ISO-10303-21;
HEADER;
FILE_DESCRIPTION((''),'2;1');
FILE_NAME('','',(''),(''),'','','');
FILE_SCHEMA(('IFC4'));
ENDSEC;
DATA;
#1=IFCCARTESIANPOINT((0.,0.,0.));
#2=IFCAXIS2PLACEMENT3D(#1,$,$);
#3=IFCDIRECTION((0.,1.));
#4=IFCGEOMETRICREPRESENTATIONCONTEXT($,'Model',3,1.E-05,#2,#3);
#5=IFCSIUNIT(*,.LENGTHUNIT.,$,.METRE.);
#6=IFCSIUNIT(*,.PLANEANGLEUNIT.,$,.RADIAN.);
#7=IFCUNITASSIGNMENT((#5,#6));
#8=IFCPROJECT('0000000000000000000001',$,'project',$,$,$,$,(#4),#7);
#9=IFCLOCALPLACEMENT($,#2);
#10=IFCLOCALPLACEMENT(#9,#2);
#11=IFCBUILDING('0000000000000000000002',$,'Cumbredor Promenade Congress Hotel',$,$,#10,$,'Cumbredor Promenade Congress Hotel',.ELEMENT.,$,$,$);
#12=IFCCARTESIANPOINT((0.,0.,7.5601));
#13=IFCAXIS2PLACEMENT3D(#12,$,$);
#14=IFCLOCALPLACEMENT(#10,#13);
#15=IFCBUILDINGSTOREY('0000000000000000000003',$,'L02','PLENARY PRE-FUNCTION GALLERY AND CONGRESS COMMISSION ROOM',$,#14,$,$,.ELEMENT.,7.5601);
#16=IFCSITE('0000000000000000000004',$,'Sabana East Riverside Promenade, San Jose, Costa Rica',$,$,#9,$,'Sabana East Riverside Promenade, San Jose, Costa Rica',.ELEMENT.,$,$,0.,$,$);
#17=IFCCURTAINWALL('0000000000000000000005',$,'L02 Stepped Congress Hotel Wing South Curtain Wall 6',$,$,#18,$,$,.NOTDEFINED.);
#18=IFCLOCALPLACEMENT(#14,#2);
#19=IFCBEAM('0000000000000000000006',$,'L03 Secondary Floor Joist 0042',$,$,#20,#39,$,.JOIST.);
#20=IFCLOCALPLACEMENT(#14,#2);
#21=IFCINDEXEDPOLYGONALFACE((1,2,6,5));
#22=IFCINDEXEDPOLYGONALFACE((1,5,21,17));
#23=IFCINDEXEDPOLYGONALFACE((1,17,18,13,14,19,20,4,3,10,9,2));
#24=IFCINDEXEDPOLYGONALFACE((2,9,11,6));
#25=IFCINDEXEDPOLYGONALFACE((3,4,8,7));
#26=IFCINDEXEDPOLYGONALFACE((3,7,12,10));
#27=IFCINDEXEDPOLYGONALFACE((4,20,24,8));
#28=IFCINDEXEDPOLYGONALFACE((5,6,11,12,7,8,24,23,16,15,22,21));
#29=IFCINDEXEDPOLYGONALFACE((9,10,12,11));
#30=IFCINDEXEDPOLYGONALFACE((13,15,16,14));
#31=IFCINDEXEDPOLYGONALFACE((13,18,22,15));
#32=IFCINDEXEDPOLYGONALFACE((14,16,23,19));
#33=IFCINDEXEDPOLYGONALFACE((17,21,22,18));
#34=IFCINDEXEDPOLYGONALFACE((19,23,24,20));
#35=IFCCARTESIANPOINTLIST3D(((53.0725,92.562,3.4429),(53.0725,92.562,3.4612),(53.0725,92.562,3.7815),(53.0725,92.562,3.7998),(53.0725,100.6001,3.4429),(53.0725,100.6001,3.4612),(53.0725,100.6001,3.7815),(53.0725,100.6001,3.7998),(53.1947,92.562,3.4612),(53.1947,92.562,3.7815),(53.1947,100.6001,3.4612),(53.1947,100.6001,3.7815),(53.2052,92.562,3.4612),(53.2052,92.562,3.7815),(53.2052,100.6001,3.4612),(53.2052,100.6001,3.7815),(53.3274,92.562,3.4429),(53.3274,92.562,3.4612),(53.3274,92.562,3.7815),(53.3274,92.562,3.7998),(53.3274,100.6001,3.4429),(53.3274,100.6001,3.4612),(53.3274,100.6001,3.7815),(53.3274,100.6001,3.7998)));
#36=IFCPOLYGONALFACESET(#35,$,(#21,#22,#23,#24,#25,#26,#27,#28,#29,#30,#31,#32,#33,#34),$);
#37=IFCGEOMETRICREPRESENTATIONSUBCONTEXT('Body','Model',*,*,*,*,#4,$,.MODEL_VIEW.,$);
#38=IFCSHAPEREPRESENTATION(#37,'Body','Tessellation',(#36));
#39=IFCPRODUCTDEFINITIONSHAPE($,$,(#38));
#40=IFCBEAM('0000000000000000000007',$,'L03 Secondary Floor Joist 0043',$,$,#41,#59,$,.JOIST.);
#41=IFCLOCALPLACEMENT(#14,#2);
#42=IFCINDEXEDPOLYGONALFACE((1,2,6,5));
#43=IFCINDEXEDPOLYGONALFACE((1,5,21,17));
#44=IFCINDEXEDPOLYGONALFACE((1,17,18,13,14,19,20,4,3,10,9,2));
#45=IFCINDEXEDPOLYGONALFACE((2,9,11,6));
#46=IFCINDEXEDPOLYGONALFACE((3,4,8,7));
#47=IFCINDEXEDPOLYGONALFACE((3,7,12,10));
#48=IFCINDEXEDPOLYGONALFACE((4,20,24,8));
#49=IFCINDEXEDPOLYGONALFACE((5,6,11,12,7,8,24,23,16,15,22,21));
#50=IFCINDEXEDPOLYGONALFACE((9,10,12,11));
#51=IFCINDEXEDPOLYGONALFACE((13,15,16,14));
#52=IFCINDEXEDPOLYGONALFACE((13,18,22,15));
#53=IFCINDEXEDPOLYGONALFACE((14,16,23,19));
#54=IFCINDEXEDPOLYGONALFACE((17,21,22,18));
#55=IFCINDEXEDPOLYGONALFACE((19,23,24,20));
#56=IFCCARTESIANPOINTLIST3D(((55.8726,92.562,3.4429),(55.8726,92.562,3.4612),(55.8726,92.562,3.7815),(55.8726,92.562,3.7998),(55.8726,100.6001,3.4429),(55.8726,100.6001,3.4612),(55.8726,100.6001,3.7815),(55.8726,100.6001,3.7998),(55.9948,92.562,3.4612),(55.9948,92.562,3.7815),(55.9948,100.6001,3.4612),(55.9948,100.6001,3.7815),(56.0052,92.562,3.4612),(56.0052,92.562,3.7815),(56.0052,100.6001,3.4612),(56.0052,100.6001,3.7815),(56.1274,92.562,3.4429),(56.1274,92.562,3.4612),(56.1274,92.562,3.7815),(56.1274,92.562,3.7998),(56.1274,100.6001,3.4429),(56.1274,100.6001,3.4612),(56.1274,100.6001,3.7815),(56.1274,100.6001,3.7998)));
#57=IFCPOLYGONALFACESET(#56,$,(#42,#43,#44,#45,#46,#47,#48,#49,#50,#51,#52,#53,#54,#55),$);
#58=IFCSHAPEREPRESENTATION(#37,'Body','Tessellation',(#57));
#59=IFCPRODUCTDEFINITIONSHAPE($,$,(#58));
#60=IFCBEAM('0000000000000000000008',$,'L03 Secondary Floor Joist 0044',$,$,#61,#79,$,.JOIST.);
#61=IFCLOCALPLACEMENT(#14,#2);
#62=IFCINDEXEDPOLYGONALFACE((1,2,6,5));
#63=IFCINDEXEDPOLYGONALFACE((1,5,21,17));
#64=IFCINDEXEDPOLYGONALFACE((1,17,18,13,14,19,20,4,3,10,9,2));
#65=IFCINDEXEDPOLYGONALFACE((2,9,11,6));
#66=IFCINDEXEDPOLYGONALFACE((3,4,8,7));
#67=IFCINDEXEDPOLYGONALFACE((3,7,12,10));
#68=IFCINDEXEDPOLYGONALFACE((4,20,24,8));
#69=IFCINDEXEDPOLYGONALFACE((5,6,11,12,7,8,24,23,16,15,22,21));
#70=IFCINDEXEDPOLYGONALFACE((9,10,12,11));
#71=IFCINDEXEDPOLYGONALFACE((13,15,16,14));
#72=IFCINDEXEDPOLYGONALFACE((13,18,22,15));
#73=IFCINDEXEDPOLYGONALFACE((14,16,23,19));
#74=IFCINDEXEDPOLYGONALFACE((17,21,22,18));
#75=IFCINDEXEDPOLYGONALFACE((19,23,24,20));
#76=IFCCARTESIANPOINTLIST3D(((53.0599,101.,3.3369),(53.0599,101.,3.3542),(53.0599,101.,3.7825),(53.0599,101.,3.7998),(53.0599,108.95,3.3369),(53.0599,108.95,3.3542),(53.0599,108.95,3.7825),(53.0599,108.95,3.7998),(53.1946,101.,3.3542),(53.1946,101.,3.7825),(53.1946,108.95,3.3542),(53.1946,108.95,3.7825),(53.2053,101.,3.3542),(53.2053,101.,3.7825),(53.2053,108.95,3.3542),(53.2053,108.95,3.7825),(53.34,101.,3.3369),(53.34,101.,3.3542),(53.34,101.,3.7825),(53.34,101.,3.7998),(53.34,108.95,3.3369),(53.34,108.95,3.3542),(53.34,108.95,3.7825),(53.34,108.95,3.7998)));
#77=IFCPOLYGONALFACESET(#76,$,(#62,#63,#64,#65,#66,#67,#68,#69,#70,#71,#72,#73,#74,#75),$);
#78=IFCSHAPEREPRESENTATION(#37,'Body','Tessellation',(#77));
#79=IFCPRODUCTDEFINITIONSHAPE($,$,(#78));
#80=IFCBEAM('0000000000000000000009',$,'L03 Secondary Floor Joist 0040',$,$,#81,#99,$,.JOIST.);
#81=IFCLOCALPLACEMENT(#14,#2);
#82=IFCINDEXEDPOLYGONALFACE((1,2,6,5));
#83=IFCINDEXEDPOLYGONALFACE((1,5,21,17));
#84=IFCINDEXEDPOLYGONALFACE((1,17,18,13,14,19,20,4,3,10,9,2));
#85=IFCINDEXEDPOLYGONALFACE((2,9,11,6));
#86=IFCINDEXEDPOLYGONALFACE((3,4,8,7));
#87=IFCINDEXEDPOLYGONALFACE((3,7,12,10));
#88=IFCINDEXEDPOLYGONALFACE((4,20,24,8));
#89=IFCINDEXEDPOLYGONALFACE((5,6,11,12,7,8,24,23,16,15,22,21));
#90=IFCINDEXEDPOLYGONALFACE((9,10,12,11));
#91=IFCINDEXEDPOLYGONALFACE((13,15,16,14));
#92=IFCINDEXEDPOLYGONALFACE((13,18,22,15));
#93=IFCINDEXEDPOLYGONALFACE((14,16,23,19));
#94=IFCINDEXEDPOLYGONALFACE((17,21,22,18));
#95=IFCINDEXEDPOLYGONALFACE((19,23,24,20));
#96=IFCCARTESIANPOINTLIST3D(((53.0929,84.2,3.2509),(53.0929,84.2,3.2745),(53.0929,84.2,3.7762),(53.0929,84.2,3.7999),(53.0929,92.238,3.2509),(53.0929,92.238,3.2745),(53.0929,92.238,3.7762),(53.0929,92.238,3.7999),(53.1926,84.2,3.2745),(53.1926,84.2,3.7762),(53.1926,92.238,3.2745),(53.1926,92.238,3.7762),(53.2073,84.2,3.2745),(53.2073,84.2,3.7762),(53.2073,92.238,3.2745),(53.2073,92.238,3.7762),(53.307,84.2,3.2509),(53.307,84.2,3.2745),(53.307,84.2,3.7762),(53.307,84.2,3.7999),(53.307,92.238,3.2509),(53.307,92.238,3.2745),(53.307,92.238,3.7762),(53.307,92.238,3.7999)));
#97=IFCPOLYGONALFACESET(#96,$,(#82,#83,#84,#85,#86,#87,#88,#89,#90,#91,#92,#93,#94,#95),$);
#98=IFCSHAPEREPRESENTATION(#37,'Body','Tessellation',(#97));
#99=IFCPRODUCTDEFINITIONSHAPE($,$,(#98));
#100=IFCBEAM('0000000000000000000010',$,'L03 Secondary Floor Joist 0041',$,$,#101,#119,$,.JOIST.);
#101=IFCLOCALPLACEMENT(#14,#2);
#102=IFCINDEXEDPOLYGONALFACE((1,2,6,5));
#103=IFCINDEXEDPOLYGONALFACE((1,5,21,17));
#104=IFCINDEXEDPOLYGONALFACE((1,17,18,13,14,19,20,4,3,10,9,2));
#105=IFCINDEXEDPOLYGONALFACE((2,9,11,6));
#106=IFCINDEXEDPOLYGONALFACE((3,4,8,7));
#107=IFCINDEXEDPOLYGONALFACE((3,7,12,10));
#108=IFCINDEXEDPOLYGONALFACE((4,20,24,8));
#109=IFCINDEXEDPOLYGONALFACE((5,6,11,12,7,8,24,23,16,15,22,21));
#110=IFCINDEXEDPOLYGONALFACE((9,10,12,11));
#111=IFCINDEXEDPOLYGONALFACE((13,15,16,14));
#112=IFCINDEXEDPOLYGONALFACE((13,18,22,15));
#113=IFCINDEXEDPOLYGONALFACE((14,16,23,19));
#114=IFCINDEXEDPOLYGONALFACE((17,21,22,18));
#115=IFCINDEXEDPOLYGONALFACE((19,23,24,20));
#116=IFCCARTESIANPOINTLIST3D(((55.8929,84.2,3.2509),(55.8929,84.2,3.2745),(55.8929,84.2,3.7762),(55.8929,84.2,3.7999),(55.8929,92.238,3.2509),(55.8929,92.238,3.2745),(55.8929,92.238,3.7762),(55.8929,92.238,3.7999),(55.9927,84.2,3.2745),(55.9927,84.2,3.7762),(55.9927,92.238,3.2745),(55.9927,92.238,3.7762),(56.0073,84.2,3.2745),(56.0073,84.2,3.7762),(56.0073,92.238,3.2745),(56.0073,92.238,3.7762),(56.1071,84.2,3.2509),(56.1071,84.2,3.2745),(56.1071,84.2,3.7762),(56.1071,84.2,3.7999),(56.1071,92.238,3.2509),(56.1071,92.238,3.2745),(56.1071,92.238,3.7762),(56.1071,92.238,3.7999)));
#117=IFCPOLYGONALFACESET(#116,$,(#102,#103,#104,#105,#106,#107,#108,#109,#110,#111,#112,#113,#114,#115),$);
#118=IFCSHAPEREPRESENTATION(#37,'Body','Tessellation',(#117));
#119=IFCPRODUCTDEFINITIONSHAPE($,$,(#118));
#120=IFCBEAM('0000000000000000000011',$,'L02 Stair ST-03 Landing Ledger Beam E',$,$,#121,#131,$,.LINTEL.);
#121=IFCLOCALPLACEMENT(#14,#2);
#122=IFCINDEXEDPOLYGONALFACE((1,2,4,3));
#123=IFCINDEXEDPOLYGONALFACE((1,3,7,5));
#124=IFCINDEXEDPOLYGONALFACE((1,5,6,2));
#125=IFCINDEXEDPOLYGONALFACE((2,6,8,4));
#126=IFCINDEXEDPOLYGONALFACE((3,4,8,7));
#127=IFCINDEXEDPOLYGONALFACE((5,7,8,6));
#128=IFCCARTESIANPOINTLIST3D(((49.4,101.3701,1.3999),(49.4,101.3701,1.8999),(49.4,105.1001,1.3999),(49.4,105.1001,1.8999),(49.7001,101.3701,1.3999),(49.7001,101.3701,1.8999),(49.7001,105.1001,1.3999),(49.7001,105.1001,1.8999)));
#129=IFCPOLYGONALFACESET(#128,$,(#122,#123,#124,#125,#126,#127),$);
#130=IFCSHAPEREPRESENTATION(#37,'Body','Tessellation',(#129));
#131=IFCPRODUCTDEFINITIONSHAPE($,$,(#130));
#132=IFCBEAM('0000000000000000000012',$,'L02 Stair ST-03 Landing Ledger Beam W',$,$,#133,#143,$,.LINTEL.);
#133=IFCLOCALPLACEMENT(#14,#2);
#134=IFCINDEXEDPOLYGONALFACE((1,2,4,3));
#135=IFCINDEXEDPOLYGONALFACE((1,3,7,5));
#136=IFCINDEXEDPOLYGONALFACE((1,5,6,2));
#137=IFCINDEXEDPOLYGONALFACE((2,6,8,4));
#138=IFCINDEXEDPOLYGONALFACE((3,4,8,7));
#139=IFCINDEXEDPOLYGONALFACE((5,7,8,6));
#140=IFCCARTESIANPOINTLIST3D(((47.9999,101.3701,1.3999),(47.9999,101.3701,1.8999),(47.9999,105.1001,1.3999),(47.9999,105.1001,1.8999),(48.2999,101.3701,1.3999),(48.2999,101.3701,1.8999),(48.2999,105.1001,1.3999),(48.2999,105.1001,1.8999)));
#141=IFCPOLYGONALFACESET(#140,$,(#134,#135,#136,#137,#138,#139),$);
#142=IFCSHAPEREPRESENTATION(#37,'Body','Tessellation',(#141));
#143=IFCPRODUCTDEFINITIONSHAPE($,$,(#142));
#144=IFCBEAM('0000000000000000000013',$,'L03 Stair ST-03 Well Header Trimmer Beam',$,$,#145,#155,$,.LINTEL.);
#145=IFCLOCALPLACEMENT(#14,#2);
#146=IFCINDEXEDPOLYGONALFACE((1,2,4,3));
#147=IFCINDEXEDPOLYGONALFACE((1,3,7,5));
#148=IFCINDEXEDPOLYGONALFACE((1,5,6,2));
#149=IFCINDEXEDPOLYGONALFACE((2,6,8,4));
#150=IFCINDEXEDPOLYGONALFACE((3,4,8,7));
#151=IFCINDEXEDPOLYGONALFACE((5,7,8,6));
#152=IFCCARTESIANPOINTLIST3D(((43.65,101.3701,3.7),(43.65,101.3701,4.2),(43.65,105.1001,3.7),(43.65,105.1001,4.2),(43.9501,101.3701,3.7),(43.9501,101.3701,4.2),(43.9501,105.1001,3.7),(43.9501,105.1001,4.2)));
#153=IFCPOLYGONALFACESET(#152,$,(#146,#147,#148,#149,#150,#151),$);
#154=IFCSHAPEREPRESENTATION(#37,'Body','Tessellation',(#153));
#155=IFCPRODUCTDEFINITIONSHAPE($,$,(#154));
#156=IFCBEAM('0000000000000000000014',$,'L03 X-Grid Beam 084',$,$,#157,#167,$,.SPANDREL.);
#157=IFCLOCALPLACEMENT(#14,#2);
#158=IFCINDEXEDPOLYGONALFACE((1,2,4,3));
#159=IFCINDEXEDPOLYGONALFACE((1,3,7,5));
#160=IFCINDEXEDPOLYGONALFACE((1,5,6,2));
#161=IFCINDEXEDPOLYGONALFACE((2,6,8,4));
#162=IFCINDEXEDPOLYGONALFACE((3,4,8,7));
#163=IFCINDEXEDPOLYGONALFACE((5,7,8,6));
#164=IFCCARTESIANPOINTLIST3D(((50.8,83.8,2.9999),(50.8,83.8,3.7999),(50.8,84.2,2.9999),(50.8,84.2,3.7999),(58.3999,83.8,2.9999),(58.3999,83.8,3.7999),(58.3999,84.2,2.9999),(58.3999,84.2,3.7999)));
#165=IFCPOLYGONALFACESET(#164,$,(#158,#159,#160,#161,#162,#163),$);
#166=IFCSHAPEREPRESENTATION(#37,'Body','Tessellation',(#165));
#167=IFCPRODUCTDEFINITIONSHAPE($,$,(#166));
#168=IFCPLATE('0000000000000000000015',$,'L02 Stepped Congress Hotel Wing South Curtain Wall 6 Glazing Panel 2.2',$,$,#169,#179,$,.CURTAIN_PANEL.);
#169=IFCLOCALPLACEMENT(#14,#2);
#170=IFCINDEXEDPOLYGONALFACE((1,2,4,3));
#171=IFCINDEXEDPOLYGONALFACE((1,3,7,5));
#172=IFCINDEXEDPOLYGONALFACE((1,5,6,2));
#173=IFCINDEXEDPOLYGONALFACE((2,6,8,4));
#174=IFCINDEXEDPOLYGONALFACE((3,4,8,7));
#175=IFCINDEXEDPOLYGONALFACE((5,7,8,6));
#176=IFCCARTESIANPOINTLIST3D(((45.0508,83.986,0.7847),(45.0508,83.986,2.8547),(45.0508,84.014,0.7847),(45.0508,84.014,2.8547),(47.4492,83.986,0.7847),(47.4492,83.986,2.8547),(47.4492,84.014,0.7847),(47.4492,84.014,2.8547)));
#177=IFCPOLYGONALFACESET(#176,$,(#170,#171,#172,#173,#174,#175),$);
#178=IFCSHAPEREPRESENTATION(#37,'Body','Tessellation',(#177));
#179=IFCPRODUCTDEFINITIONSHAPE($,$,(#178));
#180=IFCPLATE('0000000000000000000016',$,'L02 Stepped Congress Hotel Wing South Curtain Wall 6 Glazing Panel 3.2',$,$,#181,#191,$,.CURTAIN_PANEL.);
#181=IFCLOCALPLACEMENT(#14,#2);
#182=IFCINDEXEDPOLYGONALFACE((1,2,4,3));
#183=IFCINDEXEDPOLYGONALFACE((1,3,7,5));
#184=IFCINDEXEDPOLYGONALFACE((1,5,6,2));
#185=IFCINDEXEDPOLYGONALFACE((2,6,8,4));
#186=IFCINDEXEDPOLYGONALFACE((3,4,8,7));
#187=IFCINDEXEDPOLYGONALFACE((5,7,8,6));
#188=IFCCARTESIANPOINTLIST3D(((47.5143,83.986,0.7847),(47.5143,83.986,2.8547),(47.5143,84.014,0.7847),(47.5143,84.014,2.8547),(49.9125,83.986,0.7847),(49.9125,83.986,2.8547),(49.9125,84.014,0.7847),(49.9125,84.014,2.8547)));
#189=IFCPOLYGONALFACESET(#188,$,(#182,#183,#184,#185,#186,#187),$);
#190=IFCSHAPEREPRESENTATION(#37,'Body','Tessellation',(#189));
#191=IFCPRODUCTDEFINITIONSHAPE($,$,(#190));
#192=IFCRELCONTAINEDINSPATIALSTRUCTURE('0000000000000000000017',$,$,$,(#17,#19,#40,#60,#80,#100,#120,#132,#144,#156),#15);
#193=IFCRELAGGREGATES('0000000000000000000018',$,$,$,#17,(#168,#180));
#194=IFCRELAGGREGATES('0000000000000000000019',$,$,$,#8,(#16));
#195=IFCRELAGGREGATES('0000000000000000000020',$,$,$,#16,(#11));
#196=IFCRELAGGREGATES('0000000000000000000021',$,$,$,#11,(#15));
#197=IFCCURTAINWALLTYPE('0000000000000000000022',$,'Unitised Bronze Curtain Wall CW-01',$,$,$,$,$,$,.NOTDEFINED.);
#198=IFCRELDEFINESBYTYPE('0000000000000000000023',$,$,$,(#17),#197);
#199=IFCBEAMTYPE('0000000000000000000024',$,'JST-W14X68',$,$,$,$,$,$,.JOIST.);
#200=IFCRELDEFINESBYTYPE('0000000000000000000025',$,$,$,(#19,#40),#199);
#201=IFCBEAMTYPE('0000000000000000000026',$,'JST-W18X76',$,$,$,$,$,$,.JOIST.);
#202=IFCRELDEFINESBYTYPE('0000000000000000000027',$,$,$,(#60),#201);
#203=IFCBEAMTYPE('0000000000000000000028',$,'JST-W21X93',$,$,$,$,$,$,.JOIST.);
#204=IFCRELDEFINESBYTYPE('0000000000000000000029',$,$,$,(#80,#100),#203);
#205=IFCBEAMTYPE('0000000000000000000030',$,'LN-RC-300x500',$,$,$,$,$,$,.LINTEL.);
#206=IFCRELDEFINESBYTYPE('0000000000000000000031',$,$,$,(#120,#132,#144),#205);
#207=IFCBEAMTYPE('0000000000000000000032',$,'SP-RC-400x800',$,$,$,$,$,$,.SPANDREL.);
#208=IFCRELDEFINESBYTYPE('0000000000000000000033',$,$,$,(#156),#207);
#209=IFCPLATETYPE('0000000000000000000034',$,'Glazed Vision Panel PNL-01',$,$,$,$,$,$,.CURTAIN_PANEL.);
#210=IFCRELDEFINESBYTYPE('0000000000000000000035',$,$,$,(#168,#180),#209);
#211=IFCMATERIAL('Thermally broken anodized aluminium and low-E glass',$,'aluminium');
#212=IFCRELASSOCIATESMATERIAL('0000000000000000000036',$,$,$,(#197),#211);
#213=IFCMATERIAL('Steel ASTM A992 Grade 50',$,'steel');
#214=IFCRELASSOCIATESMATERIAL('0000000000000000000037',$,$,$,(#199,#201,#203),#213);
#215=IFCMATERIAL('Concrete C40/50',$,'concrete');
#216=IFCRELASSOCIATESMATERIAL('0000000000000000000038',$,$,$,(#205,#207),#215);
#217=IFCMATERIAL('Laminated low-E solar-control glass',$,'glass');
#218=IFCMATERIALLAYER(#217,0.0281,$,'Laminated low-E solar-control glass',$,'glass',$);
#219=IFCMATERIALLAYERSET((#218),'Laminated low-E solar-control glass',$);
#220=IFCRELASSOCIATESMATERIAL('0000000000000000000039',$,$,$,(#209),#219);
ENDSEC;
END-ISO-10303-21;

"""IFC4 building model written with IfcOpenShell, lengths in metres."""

from ifc_helpers import new_model, si_unit, direction, frame, origin, origin_2d, place, context, subcontext, project, spatial, rectangle, i_section, extrude, material, layer, layer_set, material_profile, profile_set, type_object, element, aggregate, save


model = new_model("IFC4")

# Units and contexts
model_context = context("Model", 3, precision=1e-05, world=origin(), true_north=direction((0.0, 1.0)))
body_context = subcontext(model_context, "Body", "Model", "MODEL_VIEW")
ifc_project = project(units=[si_unit("LENGTHUNIT", "METRE"), si_unit("PLANEANGLEUNIT", "RADIAN")], contexts=[model_context])

# Site, building, storey
site_placement = place(None, origin())
site = spatial("IfcSite", under=ifc_project, at=site_placement, Name="Sabana East Riverside Promenade, San Jose, Costa Rica", LongName="Sabana East Riverside Promenade, San Jose, Costa Rica", CompositionType="ELEMENT", RefElevation=0.0)
building_placement = place(site_placement, origin())
building = spatial("IfcBuilding", under=site, at=building_placement, Name="Cumbredor Promenade Congress Hotel", LongName="Cumbredor Promenade Congress Hotel", CompositionType="ELEMENT")
storey_placement = place(building_placement, frame((0.0, 0.0, 7.5601)))
storey = spatial("IfcBuildingStorey", under=building, at=storey_placement, Name="L02", Description="PLENARY PRE-FUNCTION GALLERY AND CONGRESS COMMISSION ROOM", CompositionType="ELEMENT", Elevation=7.5601)

# Shared definitions
ifc_material_1 = material(Name="Concrete C40/50", Category="concrete")
ifc_material_2 = material(Name="Steel ASTM A992 Grade 50", Category="steel")

# Curtain wall
ifc_material_3 = material(Name="Thermally broken anodized aluminium and low-E glass", Category="aluminium")
curtain_wall_type = type_object("IfcCurtainWallType", Name="Unitised Bronze Curtain Wall CW-01", PredefinedType="NOTDEFINED", material=ifc_material_3)
curtain_wall_placement = place(storey_placement, origin())
curtain_wall = element("IfcCurtainWall", 1, at=curtain_wall_placement, inside=storey, type_object=curtain_wall_type, Name="L02 Stepped Congress Hotel Wing South Curtain Wall 6", PredefinedType="NOTDEFINED")

# Beams
ifc_material_profile_1 = material_profile(ifc_material_2, i_section(OverallWidth=0.2549, OverallDepth=0.3569, WebThickness=0.0105, FlangeThickness=0.0183, at=origin_2d()), Name="W14X68")
ifc_profile_set_1 = profile_set([ifc_material_profile_1], Name="Steel ASTM A992 Grade 50")
beam_type_1 = type_object("IfcBeamType", Name="JST-W14X68", PredefinedType="JOIST", material=ifc_profile_set_1)
for number, where, z_axis, x_axis, name in (
    (2, (53.2, 92.562, 3.6213), (0.0, 1.0, 0.0), (-1.0, 0.0, 0.0), "L03 Secondary Floor Joist 0042"),
    (3, (56.0, 92.562, 3.6213), (0.0, 1.0, 0.0), (-1.0, 0.0, 0.0), "L03 Secondary Floor Joist 0043"),
):
    element("IfcBeam", number, at=place(storey_placement, frame(where, z_axis=z_axis, x_axis=x_axis)), inside=storey, type_object=beam_type_1, Name=name, PredefinedType="JOIST", context=body_context, shape_type="SweptSolid", body=[
        extrude(i_section(OverallWidth=0.2549, OverallDepth=0.3569, WebThickness=0.0105, FlangeThickness=0.0183, at=origin_2d()), origin(), (0.0, 0.0, 1.0), 8.0381),
    ])
ifc_material_profile_2 = material_profile(ifc_material_2, i_section(OverallWidth=0.28, OverallDepth=0.4629, WebThickness=0.0107, FlangeThickness=0.0173, at=origin_2d()), Name="W18X76")
ifc_profile_set_2 = profile_set([ifc_material_profile_2], Name="Steel ASTM A992 Grade 50")
beam_type_2 = type_object("IfcBeamType", Name="JST-W18X76", PredefinedType="JOIST", material=ifc_profile_set_2)
beam_1_placement = place(storey_placement, frame((53.2, 101.0, 3.5684), z_axis=(0.0, 1.0, 0.0), x_axis=(-1.0, 0.0, 0.0)))
element("IfcBeam", 4, at=beam_1_placement, inside=storey, type_object=beam_type_2, Name="L03 Secondary Floor Joist 0044", PredefinedType="JOIST", context=body_context, shape_type="SweptSolid", body=[
    extrude(i_section(OverallWidth=0.28, OverallDepth=0.4629, WebThickness=0.0107, FlangeThickness=0.0173, at=origin_2d()), origin(), (0.0, 0.0, 1.0), 7.95),
])
ifc_material_profile_3 = material_profile(ifc_material_2, i_section(OverallWidth=0.2141, OverallDepth=0.5491, WebThickness=0.0146, FlangeThickness=0.0237, at=origin_2d()), Name="W21X93")
ifc_profile_set_3 = profile_set([ifc_material_profile_3], Name="Steel ASTM A992 Grade 50")
beam_type_3 = type_object("IfcBeamType", Name="JST-W21X93", PredefinedType="JOIST", material=ifc_profile_set_3)
for number, where, z_axis, x_axis, name in (
    (5, (53.2, 84.2, 3.5254), (0.0, 1.0, 0.0), (-1.0, 0.0, 0.0), "L03 Secondary Floor Joist 0040"),
    (6, (56.0, 84.2, 3.5254), (0.0, 1.0, 0.0), (-1.0, 0.0, 0.0), "L03 Secondary Floor Joist 0041"),
):
    element("IfcBeam", number, at=place(storey_placement, frame(where, z_axis=z_axis, x_axis=x_axis)), inside=storey, type_object=beam_type_3, Name=name, PredefinedType="JOIST", context=body_context, shape_type="SweptSolid", body=[
        extrude(i_section(OverallWidth=0.2141, OverallDepth=0.5491, WebThickness=0.0146, FlangeThickness=0.0237, at=origin_2d()), origin(), (0.0, 0.0, 1.0), 8.0381),
    ])
ifc_material_profile_4 = material_profile(ifc_material_1, rectangle(XDim=0.3, YDim=0.5, at=origin_2d()), Name="RC LINTEL 300x500")
ifc_profile_set_4 = profile_set([ifc_material_profile_4], Name="Concrete C40/50")
beam_type_4 = type_object("IfcBeamType", Name="LN-RC-300x500", PredefinedType="LINTEL", material=ifc_profile_set_4)
for number, where, z_axis, x_axis, name in (
    (7, (49.55, 101.3701, 1.6499), (0.0, 1.0, 0.0), (-1.0, 0.0, 0.0), "L02 Stair ST-03 Landing Ledger Beam E"),
    (8, (48.1499, 101.3701, 1.6499), (0.0, 1.0, 0.0), (-1.0, 0.0, 0.0), "L02 Stair ST-03 Landing Ledger Beam W"),
    (9, (43.8, 101.3701, 3.95), (0.0, 1.0, 0.0), (-1.0, 0.0, 0.0), "L03 Stair ST-03 Well Header Trimmer Beam"),
):
    element("IfcBeam", number, at=place(storey_placement, frame(where, z_axis=z_axis, x_axis=x_axis)), inside=storey, type_object=beam_type_4, Name=name, PredefinedType="LINTEL", context=body_context, shape_type="SweptSolid", body=[
        extrude(rectangle(XDim=0.3, YDim=0.5, at=origin_2d()), origin(), (0.0, 0.0, 1.0), 3.73),
    ])
ifc_material_profile_5 = material_profile(ifc_material_1, rectangle(XDim=0.3999, YDim=0.8, at=origin_2d()), Name="RC SPANDREL 400x800")
ifc_profile_set_5 = profile_set([ifc_material_profile_5], Name="Concrete C40/50")
beam_type_5 = type_object("IfcBeamType", Name="SP-RC-400x800", PredefinedType="SPANDREL", material=ifc_profile_set_5)
beam_2_placement = place(storey_placement, frame((50.8, 84.0, 3.3999), z_axis=(1.0, 0.0, 0.0), x_axis=(0.0, 1.0, 0.0)))
element("IfcBeam", 10, at=beam_2_placement, inside=storey, type_object=beam_type_5, Name="L03 X-Grid Beam 084", PredefinedType="SPANDREL", context=body_context, shape_type="SweptSolid", body=[
    extrude(rectangle(XDim=0.3999, YDim=0.8, at=origin_2d()), origin(), (0.0, 0.0, 1.0), 7.5999),
])

# Plates
ifc_material_4 = material(Name="Laminated low-E solar-control glass", Category="glass")
ifc_layer_1 = layer(ifc_material_4, 0.0281, Name="Laminated low-E solar-control glass", Category="glass")
ifc_layer_set_1 = layer_set([ifc_layer_1], Name="Laminated low-E solar-control glass")
plate_type_1 = type_object("IfcPlateType", Name="Glazed Vision Panel PNL-01", PredefinedType="CURTAIN_PANEL", material=ifc_layer_set_1)
plate_1_placement = place(storey_placement, frame((46.25, 84.0, 0.7847), z_axis=(0.0, 0.0, 1.0), x_axis=(1.0, 0.0, 0.0)))
plate_1 = element("IfcPlate", 11, at=plate_1_placement, type_object=plate_type_1, Name="L02 Stepped Congress Hotel Wing South Curtain Wall 6 Glazing Panel 2.2", PredefinedType="CURTAIN_PANEL", context=body_context, shape_type="SweptSolid", body=[
    extrude(rectangle(XDim=2.3984, YDim=0.0281, at=origin_2d()), origin(), (0.0, 0.0, 1.0), 2.0701),
])
plate_2_placement = place(storey_placement, frame((48.7134, 84.0, 0.7847), z_axis=(0.0, 0.0, 1.0), x_axis=(1.0, 0.0, 0.0)))
plate_2 = element("IfcPlate", 12, at=plate_2_placement, type_object=plate_type_1, Name="L02 Stepped Congress Hotel Wing South Curtain Wall 6 Glazing Panel 3.2", PredefinedType="CURTAIN_PANEL", context=body_context, shape_type="SweptSolid", body=[
    extrude(rectangle(XDim=2.3982, YDim=0.0281, at=origin_2d()), origin(), (0.0, 0.0, 1.0), 2.0701),
])
aggregate(curtain_wall, [plate_1, plate_2])

save(model, "model.ifc")
